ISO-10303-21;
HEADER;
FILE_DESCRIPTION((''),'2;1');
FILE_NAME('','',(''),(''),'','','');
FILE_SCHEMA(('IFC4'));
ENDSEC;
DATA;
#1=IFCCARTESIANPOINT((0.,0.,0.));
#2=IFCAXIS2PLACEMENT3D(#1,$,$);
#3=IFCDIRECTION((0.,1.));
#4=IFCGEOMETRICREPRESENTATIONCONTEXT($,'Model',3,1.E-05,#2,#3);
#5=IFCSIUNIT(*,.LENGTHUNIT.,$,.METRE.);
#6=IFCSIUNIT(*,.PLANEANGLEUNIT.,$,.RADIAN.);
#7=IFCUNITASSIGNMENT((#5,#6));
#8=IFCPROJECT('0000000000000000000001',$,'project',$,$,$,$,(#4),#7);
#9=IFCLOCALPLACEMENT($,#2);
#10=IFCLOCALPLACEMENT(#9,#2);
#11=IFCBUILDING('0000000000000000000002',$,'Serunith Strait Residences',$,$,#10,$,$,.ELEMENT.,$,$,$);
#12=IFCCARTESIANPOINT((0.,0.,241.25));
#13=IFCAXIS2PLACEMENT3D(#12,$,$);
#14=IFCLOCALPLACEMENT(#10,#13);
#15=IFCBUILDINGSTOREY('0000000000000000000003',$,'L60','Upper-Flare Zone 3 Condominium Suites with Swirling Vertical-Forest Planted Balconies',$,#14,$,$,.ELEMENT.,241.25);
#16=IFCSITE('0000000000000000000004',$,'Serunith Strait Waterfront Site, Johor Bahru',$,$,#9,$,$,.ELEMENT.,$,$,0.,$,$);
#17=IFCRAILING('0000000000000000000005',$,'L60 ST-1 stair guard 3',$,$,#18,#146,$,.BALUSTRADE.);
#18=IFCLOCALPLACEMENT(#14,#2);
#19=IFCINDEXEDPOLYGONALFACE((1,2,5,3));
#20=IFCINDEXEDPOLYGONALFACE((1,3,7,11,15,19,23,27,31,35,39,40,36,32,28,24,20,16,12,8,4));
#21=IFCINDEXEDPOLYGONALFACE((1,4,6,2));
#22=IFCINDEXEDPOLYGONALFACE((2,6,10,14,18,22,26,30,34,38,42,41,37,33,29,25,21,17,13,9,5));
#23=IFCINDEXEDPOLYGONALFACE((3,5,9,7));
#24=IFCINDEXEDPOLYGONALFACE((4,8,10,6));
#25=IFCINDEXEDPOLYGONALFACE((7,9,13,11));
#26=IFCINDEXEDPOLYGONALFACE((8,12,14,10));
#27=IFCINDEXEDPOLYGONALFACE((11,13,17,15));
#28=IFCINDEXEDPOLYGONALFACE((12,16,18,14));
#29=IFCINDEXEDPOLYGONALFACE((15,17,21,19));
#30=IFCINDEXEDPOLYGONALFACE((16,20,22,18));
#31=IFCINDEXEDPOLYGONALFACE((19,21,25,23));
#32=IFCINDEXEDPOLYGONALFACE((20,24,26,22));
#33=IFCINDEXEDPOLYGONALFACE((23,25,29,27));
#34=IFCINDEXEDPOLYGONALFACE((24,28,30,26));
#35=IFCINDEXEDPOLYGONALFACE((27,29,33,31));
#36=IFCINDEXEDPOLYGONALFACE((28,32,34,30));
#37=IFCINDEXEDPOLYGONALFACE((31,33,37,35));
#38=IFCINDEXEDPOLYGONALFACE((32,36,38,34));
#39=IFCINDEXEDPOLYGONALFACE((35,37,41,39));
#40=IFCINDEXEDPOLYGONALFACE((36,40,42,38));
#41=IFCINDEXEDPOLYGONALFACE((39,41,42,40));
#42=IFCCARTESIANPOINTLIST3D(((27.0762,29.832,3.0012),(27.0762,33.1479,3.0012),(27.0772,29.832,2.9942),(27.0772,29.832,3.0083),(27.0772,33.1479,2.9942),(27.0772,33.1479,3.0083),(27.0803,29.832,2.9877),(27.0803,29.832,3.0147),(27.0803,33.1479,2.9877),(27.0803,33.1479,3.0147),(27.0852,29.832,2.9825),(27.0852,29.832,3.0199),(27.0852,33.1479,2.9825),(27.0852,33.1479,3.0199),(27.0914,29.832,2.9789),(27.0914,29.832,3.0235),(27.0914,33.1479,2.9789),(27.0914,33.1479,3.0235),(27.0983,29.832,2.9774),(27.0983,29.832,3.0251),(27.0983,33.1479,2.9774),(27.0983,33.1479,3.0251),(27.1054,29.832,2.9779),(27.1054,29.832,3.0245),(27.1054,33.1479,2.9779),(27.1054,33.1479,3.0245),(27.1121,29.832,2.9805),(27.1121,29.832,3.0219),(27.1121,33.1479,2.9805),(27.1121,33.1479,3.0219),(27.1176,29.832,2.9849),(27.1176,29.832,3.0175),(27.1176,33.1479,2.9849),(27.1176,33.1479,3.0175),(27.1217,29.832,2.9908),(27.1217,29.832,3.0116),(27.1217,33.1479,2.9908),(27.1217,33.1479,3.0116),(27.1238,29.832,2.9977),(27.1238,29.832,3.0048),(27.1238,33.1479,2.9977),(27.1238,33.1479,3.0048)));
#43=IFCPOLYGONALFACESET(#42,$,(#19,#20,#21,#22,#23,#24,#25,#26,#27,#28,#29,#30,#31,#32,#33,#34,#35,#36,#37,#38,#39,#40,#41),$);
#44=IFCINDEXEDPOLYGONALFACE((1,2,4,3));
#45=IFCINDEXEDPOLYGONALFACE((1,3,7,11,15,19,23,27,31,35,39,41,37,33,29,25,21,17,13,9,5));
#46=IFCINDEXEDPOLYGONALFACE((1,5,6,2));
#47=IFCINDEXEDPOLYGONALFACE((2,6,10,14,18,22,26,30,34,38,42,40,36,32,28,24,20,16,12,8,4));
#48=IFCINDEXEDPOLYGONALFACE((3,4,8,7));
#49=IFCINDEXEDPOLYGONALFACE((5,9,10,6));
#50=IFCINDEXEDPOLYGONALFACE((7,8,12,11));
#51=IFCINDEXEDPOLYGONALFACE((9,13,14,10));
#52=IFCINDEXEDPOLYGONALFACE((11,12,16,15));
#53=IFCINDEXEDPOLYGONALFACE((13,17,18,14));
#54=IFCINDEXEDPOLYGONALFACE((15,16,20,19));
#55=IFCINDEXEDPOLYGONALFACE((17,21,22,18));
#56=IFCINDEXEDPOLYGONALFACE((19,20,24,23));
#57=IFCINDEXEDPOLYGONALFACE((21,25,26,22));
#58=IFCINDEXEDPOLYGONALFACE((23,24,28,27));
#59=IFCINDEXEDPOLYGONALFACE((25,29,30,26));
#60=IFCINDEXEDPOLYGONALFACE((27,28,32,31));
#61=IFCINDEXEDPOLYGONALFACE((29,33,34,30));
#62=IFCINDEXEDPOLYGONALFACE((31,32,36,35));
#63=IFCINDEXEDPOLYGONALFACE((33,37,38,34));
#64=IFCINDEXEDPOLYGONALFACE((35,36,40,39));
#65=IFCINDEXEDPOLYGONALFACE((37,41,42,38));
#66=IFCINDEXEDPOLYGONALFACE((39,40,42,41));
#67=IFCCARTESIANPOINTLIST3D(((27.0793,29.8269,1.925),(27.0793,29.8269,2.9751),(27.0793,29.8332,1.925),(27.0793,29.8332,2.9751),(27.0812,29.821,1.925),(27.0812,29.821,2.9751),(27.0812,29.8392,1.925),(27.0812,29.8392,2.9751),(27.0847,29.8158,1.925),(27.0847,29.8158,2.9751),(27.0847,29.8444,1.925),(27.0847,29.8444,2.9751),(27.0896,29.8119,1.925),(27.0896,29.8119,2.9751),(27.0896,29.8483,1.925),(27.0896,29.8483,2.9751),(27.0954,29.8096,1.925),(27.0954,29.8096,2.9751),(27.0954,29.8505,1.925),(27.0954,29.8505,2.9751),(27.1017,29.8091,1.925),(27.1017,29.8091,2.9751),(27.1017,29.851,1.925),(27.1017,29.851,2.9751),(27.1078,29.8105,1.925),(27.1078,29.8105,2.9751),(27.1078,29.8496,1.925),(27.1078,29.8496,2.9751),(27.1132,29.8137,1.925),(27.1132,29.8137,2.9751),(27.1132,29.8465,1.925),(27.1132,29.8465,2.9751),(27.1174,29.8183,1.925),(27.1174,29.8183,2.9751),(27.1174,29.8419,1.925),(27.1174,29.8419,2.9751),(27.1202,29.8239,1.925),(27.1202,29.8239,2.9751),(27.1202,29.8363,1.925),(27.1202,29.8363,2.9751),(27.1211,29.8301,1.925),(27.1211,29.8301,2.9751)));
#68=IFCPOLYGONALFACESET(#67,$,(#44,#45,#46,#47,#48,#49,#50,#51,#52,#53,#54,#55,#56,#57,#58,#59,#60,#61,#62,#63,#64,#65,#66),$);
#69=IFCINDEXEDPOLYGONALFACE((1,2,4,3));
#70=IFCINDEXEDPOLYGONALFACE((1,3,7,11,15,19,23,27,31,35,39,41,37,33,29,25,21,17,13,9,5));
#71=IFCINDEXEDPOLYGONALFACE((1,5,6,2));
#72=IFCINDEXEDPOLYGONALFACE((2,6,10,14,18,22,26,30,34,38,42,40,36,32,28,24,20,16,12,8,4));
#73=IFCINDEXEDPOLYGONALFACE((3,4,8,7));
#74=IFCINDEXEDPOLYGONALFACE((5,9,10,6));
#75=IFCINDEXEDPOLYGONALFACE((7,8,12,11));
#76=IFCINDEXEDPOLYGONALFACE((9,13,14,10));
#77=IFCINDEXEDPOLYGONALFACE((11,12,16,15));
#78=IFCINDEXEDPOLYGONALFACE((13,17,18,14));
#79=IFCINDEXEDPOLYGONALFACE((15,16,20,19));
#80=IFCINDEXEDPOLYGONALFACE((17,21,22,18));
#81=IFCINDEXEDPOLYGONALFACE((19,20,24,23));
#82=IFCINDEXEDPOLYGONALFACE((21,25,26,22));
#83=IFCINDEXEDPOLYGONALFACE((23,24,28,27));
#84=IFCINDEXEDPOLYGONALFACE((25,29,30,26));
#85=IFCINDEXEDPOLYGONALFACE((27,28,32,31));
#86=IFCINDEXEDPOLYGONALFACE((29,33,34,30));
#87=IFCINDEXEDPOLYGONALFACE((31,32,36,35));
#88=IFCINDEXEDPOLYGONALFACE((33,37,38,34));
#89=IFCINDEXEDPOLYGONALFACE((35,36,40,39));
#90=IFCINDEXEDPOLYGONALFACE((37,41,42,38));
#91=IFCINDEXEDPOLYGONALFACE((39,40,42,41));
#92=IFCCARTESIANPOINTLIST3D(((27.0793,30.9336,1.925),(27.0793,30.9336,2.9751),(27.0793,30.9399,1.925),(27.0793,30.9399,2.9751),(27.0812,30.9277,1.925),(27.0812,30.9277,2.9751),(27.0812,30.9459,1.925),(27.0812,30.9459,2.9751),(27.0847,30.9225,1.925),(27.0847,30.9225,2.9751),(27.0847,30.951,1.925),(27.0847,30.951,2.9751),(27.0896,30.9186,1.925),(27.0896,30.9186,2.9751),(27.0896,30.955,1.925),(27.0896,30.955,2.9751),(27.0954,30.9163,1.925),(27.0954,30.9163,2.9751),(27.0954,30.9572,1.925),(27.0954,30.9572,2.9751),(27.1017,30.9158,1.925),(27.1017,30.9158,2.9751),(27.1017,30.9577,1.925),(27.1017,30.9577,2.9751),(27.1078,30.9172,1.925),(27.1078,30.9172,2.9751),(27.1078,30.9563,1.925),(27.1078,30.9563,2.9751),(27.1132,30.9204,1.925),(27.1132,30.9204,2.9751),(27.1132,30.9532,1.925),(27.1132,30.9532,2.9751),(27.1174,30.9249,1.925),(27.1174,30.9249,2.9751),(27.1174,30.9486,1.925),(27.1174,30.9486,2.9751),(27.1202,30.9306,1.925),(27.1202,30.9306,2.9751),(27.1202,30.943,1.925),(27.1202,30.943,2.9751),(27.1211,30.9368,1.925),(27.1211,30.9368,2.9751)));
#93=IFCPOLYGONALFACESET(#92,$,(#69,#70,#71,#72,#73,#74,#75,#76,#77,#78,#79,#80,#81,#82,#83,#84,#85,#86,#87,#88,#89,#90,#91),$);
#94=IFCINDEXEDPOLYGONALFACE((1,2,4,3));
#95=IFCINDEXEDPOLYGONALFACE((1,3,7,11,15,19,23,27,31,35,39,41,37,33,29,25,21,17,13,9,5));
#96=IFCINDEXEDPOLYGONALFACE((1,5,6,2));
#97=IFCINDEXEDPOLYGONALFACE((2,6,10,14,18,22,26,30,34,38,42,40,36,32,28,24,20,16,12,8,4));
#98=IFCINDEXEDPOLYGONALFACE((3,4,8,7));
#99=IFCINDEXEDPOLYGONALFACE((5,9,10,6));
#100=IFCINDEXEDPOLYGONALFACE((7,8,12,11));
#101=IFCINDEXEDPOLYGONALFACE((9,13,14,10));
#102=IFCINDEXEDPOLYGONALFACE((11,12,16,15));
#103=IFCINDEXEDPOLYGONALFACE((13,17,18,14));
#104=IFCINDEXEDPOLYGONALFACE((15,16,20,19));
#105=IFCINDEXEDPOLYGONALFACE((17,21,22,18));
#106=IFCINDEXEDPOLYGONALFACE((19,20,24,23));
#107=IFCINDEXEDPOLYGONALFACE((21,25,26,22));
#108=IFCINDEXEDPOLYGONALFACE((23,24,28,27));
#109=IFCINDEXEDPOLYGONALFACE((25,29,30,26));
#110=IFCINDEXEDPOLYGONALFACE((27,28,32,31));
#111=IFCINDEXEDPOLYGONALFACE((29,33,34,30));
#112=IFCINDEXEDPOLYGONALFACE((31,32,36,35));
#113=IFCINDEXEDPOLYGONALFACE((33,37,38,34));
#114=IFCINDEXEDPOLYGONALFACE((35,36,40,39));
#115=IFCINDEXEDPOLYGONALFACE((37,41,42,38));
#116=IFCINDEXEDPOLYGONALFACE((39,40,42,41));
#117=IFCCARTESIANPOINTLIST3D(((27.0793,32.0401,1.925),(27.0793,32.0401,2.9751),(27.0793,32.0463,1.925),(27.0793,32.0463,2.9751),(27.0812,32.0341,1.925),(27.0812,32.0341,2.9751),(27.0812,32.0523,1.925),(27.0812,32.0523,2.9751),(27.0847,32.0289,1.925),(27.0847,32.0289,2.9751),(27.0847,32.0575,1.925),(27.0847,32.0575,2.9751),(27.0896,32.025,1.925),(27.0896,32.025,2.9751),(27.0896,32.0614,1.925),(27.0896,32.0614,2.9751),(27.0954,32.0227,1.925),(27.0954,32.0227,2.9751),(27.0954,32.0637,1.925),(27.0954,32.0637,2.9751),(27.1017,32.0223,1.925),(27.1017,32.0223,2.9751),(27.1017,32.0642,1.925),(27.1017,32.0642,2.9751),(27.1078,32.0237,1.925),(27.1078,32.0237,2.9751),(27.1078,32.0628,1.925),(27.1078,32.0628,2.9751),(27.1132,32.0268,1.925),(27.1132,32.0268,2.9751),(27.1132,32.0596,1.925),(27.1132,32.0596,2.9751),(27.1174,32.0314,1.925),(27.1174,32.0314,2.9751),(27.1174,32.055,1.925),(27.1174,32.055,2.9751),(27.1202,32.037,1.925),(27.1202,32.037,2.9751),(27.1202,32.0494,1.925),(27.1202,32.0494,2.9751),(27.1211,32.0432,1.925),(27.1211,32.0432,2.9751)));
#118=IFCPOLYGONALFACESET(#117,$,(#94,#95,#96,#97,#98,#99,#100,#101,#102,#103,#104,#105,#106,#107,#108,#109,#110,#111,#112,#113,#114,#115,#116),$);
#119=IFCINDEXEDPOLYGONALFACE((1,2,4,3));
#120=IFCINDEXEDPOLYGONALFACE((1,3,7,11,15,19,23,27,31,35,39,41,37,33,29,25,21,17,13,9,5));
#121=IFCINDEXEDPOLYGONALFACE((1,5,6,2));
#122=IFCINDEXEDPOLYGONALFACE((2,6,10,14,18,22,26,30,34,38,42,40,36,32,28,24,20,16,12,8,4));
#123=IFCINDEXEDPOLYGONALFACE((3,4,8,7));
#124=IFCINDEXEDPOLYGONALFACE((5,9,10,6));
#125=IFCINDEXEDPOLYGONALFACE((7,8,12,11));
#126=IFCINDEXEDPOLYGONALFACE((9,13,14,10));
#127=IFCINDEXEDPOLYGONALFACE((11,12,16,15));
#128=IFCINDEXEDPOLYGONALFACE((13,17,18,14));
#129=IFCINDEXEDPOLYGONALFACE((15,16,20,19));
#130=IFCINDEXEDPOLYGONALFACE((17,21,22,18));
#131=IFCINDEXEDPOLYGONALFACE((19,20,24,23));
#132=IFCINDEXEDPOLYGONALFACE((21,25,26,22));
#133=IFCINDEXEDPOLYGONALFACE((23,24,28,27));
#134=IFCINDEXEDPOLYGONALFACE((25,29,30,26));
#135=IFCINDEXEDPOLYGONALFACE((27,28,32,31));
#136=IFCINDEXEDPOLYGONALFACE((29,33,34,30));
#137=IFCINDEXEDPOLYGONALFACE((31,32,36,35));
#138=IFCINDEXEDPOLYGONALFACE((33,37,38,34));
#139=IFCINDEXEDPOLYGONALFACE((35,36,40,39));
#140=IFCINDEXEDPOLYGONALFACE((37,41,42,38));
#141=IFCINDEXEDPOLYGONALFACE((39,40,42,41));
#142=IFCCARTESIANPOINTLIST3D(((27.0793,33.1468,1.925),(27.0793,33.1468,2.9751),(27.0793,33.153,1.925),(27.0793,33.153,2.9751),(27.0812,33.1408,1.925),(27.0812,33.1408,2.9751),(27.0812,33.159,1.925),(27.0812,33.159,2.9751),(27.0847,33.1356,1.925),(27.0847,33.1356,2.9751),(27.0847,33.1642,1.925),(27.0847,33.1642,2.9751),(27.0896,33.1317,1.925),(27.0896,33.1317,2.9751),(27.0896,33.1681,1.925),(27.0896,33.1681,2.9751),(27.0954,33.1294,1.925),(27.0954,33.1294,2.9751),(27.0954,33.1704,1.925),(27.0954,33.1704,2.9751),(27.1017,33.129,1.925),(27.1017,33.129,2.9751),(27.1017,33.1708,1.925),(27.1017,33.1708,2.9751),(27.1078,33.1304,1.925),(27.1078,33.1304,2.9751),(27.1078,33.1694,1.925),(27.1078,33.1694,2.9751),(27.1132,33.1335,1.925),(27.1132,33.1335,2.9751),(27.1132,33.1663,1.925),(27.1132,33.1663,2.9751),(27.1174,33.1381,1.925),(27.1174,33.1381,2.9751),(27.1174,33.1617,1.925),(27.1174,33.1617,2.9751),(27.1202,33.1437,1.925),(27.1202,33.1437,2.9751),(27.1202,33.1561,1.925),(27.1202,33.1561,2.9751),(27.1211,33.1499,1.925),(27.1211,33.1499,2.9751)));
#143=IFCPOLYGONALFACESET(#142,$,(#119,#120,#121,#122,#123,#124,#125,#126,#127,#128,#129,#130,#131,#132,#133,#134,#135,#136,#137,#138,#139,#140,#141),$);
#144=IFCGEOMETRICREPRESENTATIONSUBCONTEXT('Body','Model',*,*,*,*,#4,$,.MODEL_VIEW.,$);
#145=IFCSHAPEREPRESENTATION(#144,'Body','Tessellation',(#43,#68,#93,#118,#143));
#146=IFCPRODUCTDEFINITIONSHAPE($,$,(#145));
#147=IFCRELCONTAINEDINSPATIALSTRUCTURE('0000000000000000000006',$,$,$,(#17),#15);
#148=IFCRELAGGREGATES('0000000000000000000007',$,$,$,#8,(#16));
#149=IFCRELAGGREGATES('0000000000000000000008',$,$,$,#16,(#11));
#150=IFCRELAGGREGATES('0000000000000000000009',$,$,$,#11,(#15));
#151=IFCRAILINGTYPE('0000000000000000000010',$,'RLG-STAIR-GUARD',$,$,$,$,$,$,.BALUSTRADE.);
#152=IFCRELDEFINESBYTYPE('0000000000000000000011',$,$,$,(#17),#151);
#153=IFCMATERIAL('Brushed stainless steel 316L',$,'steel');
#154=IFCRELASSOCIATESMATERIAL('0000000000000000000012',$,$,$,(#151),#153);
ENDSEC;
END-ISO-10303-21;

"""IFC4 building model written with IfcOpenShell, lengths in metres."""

from ifc_helpers import new_model, si_unit, direction, frame, origin, origin_2d, place, context, subcontext, project, spatial, circle, extrude, material, type_object, element, save


model = new_model("IFC4")

# Units and contexts
model_context = context("Model", 3, precision=1e-05, world=origin(), true_north=direction((0.0, 1.0)))
body_context = subcontext(model_context, "Body", "Model", "MODEL_VIEW")
ifc_project = project(units=[si_unit("LENGTHUNIT", "METRE"), si_unit("PLANEANGLEUNIT", "RADIAN")], contexts=[model_context])

# Site, building, storey
site_placement = place(None, origin())
site = spatial("IfcSite", under=ifc_project, at=site_placement, Name="Serunith Strait Waterfront Site, Johor Bahru", CompositionType="ELEMENT", RefElevation=0.0)
building_placement = place(site_placement, origin())
building = spatial("IfcBuilding", under=site, at=building_placement, Name="Serunith Strait Residences", CompositionType="ELEMENT")
storey_placement = place(building_placement, frame((0.0, 0.0, 241.25)))
storey = spatial("IfcBuildingStorey", under=building, at=storey_placement, Name="L60", Description="Upper-Flare Zone 3 Condominium Suites with Swirling Vertical-Forest Planted Balconies", CompositionType="ELEMENT", Elevation=241.25)

# Railing
ifc_material_1 = material(Name="Brushed stainless steel 316L", Category="steel")
railing_type_1 = type_object("IfcRailingType", Name="RLG-STAIR-GUARD", PredefinedType="BALUSTRADE", material=ifc_material_1)
for number, where, name in (
    (1, (27.1001, 29.8301, 1.925), "L60 ST-1 stair guard 3"),
):
    element("IfcRailing", number, at=place(storey_placement, frame(where)), inside=storey, type_object=railing_type_1, Name=name, PredefinedType="BALUSTRADE", context=body_context, shape_type="SweptSolid", body=[
        extrude(circle(Radius=0.0239, at=origin_2d()), frame((0.0, 0.002, 1.0762), z_axis=(0.0, 1.0, 0.0), x_axis=(-1.0, 0.0, 0.0)), (0.0, 0.0, 1.0), 3.3159),
        extrude(circle(Radius=0.021, at=origin_2d()), origin(), (0.0, 0.0, 1.0), 1.05),
        extrude(circle(Radius=0.021, at=origin_2d()), frame((0.0, 1.1067, 0.0)), (0.0, 0.0, 1.0), 1.05),
        extrude(circle(Radius=0.021, at=origin_2d()), frame((0.0, 2.2131, 0.0)), (0.0, 0.0, 1.0), 1.05),
        extrude(circle(Radius=0.021, at=origin_2d()), frame((0.0, 3.3198, 0.0)), (0.0, 0.0, 1.0), 1.05),
    ])

save(model, "model.ifc")
